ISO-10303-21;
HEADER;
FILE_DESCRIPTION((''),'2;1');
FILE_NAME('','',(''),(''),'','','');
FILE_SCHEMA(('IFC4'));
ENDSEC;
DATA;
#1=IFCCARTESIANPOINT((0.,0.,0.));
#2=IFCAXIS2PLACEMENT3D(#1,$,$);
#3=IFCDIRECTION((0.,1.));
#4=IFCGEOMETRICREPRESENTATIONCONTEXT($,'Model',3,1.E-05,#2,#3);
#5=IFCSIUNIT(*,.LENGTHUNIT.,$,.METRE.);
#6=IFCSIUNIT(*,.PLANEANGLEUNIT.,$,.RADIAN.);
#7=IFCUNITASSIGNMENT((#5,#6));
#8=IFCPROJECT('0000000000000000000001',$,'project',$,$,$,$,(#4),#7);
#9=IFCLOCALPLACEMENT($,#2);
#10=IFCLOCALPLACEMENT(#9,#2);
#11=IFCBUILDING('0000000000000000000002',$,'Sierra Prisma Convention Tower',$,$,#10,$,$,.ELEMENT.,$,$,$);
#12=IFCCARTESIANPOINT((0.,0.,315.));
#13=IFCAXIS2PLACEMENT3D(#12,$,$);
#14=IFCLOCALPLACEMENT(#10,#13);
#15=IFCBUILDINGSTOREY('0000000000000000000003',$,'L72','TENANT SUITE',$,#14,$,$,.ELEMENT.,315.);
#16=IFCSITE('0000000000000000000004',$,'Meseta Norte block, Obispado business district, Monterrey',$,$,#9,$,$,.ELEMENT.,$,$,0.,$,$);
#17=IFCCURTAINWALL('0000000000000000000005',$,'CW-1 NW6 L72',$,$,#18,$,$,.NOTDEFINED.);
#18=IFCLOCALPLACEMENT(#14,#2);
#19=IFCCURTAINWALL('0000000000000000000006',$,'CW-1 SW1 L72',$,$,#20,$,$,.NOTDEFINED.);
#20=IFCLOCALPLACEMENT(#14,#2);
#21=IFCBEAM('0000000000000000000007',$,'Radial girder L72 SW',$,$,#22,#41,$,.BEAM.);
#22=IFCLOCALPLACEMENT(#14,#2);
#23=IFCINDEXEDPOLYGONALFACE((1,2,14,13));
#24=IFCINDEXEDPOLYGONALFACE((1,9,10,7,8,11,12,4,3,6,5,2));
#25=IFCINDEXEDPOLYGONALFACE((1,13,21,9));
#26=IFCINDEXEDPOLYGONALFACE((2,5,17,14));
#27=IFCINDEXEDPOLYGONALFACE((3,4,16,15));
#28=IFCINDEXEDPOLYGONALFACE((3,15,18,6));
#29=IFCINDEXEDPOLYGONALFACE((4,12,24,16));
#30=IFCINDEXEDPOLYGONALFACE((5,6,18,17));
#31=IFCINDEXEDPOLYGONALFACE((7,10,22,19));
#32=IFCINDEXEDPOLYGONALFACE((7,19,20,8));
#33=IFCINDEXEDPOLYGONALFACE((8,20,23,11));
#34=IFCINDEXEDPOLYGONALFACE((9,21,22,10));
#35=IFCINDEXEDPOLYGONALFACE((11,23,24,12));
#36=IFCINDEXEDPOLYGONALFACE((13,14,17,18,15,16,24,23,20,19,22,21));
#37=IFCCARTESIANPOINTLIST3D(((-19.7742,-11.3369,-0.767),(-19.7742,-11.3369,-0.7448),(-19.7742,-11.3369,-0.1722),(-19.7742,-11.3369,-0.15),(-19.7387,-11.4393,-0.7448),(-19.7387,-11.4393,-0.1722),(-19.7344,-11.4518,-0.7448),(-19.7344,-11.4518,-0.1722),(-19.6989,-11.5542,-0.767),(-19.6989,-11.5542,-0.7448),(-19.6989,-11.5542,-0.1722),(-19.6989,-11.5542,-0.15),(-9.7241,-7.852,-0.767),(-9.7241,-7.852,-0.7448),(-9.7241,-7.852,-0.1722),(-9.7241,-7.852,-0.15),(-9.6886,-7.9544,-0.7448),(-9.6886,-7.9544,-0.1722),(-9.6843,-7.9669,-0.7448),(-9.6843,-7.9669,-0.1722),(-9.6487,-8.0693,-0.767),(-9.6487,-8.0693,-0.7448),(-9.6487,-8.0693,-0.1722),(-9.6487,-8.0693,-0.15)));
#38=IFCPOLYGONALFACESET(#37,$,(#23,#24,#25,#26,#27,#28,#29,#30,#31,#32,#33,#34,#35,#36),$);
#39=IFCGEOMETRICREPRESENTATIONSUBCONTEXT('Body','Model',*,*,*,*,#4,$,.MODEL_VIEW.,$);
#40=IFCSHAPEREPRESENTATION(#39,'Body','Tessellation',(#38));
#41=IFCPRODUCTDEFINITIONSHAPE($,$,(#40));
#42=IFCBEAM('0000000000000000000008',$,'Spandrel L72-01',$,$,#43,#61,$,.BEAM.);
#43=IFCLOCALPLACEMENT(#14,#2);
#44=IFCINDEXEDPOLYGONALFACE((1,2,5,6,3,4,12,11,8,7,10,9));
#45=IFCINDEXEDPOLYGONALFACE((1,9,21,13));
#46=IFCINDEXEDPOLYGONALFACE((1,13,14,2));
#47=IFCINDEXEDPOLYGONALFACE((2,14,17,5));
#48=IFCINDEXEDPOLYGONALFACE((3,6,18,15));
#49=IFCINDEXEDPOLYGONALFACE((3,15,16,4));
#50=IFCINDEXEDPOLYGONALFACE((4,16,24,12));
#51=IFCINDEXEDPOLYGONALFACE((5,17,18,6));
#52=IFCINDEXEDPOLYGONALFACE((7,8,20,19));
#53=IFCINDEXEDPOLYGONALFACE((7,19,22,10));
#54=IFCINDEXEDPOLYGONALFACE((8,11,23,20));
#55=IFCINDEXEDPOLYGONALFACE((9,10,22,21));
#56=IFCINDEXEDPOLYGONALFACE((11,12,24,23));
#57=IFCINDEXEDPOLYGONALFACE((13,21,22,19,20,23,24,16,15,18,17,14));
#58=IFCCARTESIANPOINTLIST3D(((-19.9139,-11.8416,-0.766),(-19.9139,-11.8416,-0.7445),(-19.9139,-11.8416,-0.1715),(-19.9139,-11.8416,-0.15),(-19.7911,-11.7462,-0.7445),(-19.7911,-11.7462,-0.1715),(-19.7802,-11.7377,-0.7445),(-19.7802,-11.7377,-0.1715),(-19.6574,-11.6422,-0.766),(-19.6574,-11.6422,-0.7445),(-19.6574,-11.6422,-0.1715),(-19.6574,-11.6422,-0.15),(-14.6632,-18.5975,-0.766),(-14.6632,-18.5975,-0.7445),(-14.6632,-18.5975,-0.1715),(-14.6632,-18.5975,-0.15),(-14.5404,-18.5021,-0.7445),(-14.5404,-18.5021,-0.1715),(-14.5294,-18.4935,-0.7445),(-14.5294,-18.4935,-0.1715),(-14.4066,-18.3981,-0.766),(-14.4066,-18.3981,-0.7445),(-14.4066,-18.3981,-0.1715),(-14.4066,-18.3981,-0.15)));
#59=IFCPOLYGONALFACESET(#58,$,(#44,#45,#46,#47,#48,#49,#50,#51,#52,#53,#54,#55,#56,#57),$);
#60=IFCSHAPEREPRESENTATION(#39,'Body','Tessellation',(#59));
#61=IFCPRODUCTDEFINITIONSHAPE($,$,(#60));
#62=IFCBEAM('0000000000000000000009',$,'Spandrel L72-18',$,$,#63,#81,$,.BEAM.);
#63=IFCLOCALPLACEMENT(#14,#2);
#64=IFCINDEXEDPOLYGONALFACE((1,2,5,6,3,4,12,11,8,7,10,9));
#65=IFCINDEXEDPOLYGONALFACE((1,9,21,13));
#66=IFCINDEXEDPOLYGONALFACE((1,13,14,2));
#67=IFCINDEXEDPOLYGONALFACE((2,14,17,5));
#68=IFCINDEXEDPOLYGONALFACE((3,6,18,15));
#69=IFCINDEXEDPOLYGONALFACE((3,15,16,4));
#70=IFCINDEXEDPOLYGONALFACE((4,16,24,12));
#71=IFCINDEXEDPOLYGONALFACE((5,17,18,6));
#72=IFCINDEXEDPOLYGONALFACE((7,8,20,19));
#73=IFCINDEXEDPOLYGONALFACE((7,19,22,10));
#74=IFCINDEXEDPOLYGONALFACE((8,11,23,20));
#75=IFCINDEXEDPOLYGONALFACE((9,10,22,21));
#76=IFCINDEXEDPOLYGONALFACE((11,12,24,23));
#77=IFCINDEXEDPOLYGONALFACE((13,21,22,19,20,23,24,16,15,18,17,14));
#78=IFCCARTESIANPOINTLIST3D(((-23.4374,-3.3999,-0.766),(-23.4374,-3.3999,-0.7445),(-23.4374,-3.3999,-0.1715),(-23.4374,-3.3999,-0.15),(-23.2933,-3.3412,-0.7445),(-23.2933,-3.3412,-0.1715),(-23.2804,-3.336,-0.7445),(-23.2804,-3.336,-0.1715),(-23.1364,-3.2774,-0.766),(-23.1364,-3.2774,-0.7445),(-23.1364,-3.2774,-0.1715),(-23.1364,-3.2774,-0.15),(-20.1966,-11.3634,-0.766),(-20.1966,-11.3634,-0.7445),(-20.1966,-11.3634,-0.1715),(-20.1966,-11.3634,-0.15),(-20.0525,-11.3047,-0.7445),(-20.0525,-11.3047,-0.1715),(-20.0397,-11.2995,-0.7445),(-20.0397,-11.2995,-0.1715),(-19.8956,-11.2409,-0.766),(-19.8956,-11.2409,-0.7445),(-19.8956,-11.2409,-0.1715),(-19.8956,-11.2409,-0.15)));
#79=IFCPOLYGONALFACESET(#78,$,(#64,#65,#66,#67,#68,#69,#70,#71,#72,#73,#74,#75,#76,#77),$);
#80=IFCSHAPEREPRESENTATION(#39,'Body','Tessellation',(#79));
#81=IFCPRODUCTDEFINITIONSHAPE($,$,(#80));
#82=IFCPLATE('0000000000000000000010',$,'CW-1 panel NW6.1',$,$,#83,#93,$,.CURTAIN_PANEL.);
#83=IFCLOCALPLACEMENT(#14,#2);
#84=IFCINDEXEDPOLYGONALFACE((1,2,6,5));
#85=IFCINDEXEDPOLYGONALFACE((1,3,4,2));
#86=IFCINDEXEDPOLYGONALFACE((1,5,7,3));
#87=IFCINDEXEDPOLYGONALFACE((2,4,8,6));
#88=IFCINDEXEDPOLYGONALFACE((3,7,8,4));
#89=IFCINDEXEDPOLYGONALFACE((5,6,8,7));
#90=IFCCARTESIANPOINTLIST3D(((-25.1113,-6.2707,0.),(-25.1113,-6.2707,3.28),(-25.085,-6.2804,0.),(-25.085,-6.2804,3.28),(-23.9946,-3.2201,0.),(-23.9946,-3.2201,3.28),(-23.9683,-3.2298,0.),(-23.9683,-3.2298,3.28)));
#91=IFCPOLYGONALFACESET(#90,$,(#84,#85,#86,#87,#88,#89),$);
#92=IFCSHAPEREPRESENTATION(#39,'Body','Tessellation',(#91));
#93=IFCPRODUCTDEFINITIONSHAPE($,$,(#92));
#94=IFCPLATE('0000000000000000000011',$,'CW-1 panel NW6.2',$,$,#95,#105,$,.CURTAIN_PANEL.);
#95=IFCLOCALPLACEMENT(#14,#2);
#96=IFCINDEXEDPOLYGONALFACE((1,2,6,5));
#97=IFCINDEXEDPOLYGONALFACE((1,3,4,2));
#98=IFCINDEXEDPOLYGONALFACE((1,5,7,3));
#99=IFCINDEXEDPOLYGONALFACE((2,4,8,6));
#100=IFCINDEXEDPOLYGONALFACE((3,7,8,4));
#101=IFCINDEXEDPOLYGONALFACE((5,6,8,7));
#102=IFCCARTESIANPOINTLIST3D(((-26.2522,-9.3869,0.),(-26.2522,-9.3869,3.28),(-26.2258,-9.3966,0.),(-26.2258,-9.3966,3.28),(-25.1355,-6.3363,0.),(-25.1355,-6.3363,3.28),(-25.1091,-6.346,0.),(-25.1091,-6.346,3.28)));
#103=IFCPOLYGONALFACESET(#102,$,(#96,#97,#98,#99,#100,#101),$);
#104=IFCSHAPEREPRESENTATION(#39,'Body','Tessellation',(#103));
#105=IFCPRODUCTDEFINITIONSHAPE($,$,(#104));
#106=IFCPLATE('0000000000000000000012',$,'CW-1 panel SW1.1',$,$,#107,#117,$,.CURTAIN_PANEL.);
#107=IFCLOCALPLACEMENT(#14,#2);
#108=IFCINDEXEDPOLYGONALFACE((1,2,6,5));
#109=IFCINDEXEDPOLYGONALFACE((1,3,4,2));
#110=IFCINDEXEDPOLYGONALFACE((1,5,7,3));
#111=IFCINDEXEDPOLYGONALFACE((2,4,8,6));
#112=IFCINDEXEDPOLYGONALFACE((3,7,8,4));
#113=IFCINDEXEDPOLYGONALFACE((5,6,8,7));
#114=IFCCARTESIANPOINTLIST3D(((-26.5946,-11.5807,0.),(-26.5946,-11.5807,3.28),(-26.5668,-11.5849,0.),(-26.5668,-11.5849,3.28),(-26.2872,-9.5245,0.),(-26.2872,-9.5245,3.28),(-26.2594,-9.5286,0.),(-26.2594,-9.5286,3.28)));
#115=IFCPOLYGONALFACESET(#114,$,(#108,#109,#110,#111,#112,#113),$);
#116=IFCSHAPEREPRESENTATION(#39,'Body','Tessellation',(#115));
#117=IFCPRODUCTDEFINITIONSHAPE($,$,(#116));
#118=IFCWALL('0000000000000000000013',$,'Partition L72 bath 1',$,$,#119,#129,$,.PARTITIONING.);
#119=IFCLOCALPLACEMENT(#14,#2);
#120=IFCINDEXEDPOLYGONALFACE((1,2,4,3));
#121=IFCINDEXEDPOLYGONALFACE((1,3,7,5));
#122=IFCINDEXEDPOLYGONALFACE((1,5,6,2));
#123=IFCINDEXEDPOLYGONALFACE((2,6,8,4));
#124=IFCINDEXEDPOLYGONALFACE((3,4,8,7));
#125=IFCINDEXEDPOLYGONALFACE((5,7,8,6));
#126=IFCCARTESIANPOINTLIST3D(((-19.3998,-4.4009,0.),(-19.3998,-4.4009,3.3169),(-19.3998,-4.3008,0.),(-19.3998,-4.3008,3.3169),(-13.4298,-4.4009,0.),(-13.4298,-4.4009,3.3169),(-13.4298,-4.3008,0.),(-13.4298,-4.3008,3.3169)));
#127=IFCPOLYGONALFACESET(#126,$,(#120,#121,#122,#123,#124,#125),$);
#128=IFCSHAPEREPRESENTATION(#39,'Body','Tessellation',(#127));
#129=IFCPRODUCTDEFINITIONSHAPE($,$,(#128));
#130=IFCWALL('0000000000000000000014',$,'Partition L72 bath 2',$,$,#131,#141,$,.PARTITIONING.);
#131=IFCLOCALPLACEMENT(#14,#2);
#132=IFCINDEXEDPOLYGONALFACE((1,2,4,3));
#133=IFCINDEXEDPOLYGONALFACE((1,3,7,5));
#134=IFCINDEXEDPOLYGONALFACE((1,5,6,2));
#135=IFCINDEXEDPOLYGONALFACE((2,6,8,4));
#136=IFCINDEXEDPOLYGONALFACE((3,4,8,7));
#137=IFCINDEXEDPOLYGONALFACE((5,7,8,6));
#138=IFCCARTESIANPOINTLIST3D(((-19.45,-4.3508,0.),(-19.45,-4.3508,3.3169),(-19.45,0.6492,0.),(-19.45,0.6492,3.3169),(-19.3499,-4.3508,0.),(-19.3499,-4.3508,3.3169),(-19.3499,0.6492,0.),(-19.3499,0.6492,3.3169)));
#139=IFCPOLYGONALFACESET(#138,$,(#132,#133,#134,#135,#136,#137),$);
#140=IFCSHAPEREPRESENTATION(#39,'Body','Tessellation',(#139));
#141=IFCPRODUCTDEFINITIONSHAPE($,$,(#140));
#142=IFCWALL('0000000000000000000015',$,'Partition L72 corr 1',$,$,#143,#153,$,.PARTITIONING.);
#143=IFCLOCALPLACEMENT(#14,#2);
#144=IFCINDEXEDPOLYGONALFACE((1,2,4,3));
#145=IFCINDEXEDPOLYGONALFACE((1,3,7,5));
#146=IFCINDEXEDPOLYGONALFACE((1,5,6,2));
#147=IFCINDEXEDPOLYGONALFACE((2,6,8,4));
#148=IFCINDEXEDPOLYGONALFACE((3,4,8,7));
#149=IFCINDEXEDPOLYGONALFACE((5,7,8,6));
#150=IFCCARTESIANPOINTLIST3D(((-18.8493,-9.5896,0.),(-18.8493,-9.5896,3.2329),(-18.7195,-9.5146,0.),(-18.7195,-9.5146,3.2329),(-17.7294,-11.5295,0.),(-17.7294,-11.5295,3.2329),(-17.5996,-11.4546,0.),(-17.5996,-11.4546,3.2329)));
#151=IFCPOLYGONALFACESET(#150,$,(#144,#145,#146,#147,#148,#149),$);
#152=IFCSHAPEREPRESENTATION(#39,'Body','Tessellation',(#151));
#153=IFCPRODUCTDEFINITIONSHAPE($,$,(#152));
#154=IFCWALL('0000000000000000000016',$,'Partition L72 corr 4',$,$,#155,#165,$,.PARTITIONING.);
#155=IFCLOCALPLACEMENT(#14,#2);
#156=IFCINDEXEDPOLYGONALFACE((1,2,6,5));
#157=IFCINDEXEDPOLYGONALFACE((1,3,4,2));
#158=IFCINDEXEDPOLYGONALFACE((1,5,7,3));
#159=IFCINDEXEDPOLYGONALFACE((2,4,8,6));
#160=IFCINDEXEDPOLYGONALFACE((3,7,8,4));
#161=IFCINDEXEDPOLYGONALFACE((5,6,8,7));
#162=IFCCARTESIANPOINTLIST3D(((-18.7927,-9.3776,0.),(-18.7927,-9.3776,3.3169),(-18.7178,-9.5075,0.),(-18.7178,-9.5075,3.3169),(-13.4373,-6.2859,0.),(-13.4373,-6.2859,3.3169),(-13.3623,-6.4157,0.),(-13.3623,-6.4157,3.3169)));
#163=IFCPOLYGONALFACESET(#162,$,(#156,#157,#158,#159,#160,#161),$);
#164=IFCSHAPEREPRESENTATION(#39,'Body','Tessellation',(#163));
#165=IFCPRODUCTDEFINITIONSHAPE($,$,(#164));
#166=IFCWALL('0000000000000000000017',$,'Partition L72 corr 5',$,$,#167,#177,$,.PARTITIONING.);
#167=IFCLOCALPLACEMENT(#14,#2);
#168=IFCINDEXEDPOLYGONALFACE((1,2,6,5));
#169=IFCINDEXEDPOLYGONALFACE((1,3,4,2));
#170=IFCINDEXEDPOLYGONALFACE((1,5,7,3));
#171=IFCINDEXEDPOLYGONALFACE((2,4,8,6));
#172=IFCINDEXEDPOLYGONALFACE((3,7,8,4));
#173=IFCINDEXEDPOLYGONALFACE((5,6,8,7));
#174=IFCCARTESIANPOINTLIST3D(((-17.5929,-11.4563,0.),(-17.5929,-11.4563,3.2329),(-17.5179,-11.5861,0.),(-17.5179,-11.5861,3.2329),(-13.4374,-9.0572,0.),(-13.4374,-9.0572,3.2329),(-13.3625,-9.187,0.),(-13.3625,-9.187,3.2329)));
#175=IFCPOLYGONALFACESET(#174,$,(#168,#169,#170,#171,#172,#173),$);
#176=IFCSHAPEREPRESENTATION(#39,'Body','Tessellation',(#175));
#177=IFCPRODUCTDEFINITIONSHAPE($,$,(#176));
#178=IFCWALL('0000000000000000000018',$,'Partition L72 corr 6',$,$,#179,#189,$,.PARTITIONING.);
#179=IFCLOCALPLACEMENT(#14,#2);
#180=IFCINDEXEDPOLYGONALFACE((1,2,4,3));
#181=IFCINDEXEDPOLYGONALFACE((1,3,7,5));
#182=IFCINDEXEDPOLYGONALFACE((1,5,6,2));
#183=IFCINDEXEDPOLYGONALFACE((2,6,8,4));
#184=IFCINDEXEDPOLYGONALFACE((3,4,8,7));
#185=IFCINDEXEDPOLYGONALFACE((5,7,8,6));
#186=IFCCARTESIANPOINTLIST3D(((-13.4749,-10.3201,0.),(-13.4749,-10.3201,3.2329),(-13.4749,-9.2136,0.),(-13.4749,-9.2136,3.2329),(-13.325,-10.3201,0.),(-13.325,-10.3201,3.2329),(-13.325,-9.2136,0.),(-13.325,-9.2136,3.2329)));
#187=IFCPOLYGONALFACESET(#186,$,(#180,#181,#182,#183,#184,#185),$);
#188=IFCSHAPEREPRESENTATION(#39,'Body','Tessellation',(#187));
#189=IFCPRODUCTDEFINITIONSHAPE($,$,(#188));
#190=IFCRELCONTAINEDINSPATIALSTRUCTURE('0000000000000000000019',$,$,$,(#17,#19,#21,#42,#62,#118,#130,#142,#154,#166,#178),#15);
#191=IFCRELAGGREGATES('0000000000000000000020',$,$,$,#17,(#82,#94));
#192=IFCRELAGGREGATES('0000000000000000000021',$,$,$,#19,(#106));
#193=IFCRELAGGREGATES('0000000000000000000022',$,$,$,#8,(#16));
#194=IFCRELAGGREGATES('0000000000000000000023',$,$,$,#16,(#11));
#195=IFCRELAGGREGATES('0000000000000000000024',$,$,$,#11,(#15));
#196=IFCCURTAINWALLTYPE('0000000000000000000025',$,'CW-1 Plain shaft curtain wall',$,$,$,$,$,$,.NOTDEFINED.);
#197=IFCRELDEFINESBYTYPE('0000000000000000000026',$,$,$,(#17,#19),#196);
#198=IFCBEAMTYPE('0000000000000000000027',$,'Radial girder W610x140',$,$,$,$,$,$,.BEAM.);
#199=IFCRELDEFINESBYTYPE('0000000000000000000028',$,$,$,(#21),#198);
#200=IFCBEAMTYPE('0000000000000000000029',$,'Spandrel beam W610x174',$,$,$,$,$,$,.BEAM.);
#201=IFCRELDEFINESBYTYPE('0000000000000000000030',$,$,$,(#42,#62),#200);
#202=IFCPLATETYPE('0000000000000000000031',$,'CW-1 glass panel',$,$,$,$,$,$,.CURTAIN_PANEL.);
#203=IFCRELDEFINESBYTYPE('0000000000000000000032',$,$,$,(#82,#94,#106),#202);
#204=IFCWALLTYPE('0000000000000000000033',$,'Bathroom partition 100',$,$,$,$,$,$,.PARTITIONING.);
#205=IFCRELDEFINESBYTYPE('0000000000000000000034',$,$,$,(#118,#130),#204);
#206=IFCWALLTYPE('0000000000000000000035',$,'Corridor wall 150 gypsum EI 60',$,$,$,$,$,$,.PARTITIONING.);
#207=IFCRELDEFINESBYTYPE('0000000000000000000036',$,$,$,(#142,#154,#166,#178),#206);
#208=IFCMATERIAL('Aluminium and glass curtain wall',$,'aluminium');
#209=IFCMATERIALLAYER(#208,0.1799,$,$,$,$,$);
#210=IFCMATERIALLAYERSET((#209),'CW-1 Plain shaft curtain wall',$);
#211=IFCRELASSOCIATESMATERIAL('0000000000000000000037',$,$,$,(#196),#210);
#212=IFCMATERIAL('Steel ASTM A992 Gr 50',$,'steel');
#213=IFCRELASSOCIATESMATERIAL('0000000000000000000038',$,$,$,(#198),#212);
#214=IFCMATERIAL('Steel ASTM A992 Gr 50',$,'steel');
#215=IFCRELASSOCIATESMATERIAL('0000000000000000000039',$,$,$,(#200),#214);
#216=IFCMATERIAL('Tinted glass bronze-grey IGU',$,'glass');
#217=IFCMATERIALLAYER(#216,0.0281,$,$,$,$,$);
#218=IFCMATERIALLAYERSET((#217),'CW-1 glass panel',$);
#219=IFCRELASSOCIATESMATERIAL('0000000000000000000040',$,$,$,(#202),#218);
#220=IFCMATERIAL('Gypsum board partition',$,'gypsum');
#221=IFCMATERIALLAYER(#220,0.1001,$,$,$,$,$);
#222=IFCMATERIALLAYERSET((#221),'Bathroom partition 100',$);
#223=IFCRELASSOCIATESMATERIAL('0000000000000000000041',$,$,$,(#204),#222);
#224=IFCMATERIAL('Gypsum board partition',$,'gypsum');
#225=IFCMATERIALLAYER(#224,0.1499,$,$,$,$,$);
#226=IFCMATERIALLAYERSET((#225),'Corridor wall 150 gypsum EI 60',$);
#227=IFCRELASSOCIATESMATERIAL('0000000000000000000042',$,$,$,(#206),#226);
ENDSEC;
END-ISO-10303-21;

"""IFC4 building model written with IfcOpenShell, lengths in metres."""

from ifc_helpers import new_model, si_unit, direction, frame, frame_2d, origin, origin_2d, place, context, subcontext, project, spatial, rectangle, i_section, extrude, material, layer, layer_set, material_profile, profile_set, type_object, element, aggregate, save


model = new_model("IFC4")

# Units and contexts
model_context = context("Model", 3, precision=1e-05, world=origin(), true_north=direction((0.0, 1.0)))
body_context = subcontext(model_context, "Body", "Model", "MODEL_VIEW")
ifc_project = project(units=[si_unit("LENGTHUNIT", "METRE"), si_unit("PLANEANGLEUNIT", "RADIAN")], contexts=[model_context])

# Site, building, storey
site_placement = place(None, origin())
site = spatial("IfcSite", under=ifc_project, at=site_placement, Name="Meseta Norte block, Obispado business district, Monterrey", CompositionType="ELEMENT", RefElevation=0.0)
building_placement = place(site_placement, origin())
building = spatial("IfcBuilding", under=site, at=building_placement, Name="Sierra Prisma Convention Tower", CompositionType="ELEMENT")
storey_placement = place(building_placement, frame((0.0, 0.0, 315.0)))
storey = spatial("IfcBuildingStorey", under=building, at=storey_placement, Name="L72", Description="TENANT SUITE", CompositionType="ELEMENT", Elevation=315.0)

# Curtain walls
ifc_material_1 = material(Name="Aluminium and glass curtain wall", Category="aluminium")
ifc_layer_1 = layer(ifc_material_1, 0.1799)
ifc_layer_set_1 = layer_set([ifc_layer_1], Name="CW-1 Plain shaft curtain wall")
curtain_wall_type = type_object("IfcCurtainWallType", Name="CW-1 Plain shaft curtain wall", PredefinedType="NOTDEFINED", material=ifc_layer_set_1)
curtain_wall_1_placement = place(storey_placement, origin())
curtain_wall_1 = element("IfcCurtainWall", 1, at=curtain_wall_1_placement, inside=storey, type_object=curtain_wall_type, Name="CW-1 NW6 L72", PredefinedType="NOTDEFINED")
curtain_wall_2_placement = place(storey_placement, origin())
curtain_wall_2 = element("IfcCurtainWall", 2, at=curtain_wall_2_placement, inside=storey, type_object=curtain_wall_type, Name="CW-1 SW1 L72", PredefinedType="NOTDEFINED")

# Beams
ifc_material_2 = material(Name="Steel ASTM A992 Gr 50", Category="steel")
ifc_material_profile_1 = material_profile(ifc_material_2, i_section(OverallWidth=0.23, OverallDepth=0.6169, WebThickness=0.0132, FlangeThickness=0.0222, at=origin_2d()), Name="W610x140")
ifc_profile_set_1 = profile_set([ifc_material_profile_1], Name="Steel ASTM A992 Gr 50")
beam_type_1 = type_object("IfcBeamType", Name="Radial girder W610x140", PredefinedType="BEAM", material=ifc_profile_set_1)
beam_1_placement = place(storey_placement, frame((-19.7366, -11.4456, -0.4585), z_axis=(0.944812, 0.327614, 0.0), x_axis=(-0.327614, 0.944812, 0.0)))
element("IfcBeam", 3, at=beam_1_placement, inside=storey, type_object=beam_type_1, Name="Radial girder L72 SW", PredefinedType="BEAM", context=body_context, shape_type="SweptSolid", body=[
    extrude(i_section(OverallWidth=0.23, OverallDepth=0.6169, WebThickness=0.0132, FlangeThickness=0.0222, at=origin_2d()), origin(), (0.0, 0.0, 1.0), 10.6372),
])
ifc_material_3 = material(Name="Steel ASTM A992 Gr 50", Category="steel")
ifc_material_profile_2 = material_profile(ifc_material_3, i_section(OverallWidth=0.325, OverallDepth=0.616, WebThickness=0.0139, FlangeThickness=0.0215, at=origin_2d()), Name="W610x174")
ifc_profile_set_2 = profile_set([ifc_material_profile_2], Name="Steel ASTM A992 Gr 50")
beam_type_2 = type_object("IfcBeamType", Name="Spandrel beam W610x174", PredefinedType="BEAM", material=ifc_profile_set_2)
beam_2_placement = place(storey_placement, frame((-19.7856, -11.7419, -0.458), z_axis=(0.613662, -0.789569, 0.0), x_axis=(0.789569, 0.613662, 0.0)))
element("IfcBeam", 4, at=beam_2_placement, inside=storey, type_object=beam_type_2, Name="Spandrel L72-01", PredefinedType="BEAM", context=body_context, shape_type="SweptSolid", body=[
    extrude(i_section(OverallWidth=0.325, OverallDepth=0.616, WebThickness=0.0139, FlangeThickness=0.0215, at=origin_2d()), origin(), (0.0, 0.0, 1.0), 8.5564),
])
beam_3_placement = place(storey_placement, frame((-23.2869, -3.3386, -0.458), z_axis=(0.376936, -0.926239, 0.0), x_axis=(0.926239, 0.376936, 0.0)))
element("IfcBeam", 5, at=beam_3_placement, inside=storey, type_object=beam_type_2, Name="Spandrel L72-18", PredefinedType="BEAM", context=body_context, shape_type="SweptSolid", body=[
    extrude(i_section(OverallWidth=0.325, OverallDepth=0.616, WebThickness=0.0139, FlangeThickness=0.0215, at=origin_2d()), origin(), (0.0, 0.0, 1.0), 8.5977),
])

# Plates
ifc_material_4 = material(Name="Tinted glass bronze-grey IGU", Category="glass")
ifc_layer_2 = layer(ifc_material_4, 0.0281)
ifc_layer_set_2 = layer_set([ifc_layer_2], Name="CW-1 glass panel")
plate_type = type_object("IfcPlateType", Name="CW-1 glass panel", PredefinedType="CURTAIN_PANEL", material=ifc_layer_set_2)
plate_1_placement = place(storey_placement, frame((-24.5398, -4.7502, 0.0), z_axis=(0.0, 0.0, 1.0), x_axis=(-0.343753, -0.93906, 0.0)))
plate_1 = element("IfcPlate", 6, at=plate_1_placement, type_object=plate_type, Name="CW-1 panel NW6.1", PredefinedType="CURTAIN_PANEL", context=body_context, shape_type="SweptSolid", body=[
    extrude(rectangle(XDim=3.2485, YDim=0.0281, at=origin_2d()), origin(), (0.0, 0.0, 1.0), 3.28),
])
plate_2_placement = place(storey_placement, frame((-25.6807, -7.8665, 0.0), z_axis=(0.0, 0.0, 1.0), x_axis=(-0.343753, -0.93906, 0.0)))
plate_2 = element("IfcPlate", 7, at=plate_2_placement, type_object=plate_type, Name="CW-1 panel NW6.2", PredefinedType="CURTAIN_PANEL", context=body_context, shape_type="SweptSolid", body=[
    extrude(rectangle(XDim=3.2485, YDim=0.0281, at=origin_2d()), origin(), (0.0, 0.0, 1.0), 3.28),
])
aggregate(curtain_wall_1, [plate_1, plate_2])
plate_3_placement = place(storey_placement, frame((-26.427, -10.5547, 0.0), z_axis=(0.0, 0.0, 1.0), x_axis=(-0.147834, -0.989012, 0.0)))
plate_3 = element("IfcPlate", 8, at=plate_3_placement, type_object=plate_type, Name="CW-1 panel SW1.1", PredefinedType="CURTAIN_PANEL", context=body_context, shape_type="SweptSolid", body=[
    extrude(rectangle(XDim=2.0791, YDim=0.0281, at=origin_2d()), origin(), (0.0, 0.0, 1.0), 3.28),
])
aggregate(curtain_wall_2, [plate_3])

# Walls
ifc_material_5 = material(Name="Gypsum board partition", Category="gypsum")
ifc_layer_3 = layer(ifc_material_5, 0.1001)
ifc_layer_set_3 = layer_set([ifc_layer_3], Name="Bathroom partition 100")
wall_type_1 = type_object("IfcWallType", Name="Bathroom partition 100", PredefinedType="PARTITIONING", material=ifc_layer_set_3)
wall_1_placement = place(storey_placement, frame((-13.4299, -4.3508, 0.0), z_axis=(0.0, 0.0, 1.0), x_axis=(-1.0, 0.0, 0.0)))
element("IfcWall", 9, at=wall_1_placement, inside=storey, type_object=wall_type_1, Name="Partition L72 bath 1", PredefinedType="PARTITIONING", context=body_context, shape_type="SweptSolid", body=[
    extrude(rectangle(XDim=5.97, YDim=0.1001, at=frame_2d((2.9849, 0.0))), origin(), (0.0, 0.0, 1.0), 3.3169),
])
wall_2_placement = place(storey_placement, frame((-19.3999, -4.3508, 0.0), z_axis=(0.0, 0.0, 1.0), x_axis=(0.0, 1.0, 0.0)))
element("IfcWall", 10, at=wall_2_placement, inside=storey, type_object=wall_type_1, Name="Partition L72 bath 2", PredefinedType="PARTITIONING", context=body_context, shape_type="SweptSolid", body=[
    extrude(rectangle(XDim=5.0, YDim=0.1001, at=frame_2d((2.5, 0.0))), origin(), (0.0, 0.0, 1.0), 3.3169),
])
ifc_material_6 = material(Name="Gypsum board partition", Category="gypsum")
ifc_layer_4 = layer(ifc_material_6, 0.1499)
ifc_layer_set_4 = layer_set([ifc_layer_4], Name="Corridor wall 150 gypsum EI 60")
wall_type_2 = type_object("IfcWallType", Name="Corridor wall 150 gypsum EI 60", PredefinedType="PARTITIONING", material=ifc_layer_set_4)
wall_3_placement = place(storey_placement, frame((-18.7844, -9.552, 0.0), z_axis=(0.0, 0.0, 1.0), x_axis=(0.499949, -0.866055, 0.0)))
element("IfcWall", 11, at=wall_3_placement, inside=storey, type_object=wall_type_2, Name="Partition L72 corr 1", PredefinedType="PARTITIONING", context=body_context, shape_type="SweptSolid", body=[
    extrude(rectangle(XDim=2.24, YDim=0.1499, at=frame_2d((1.1201, 0.0))), origin(), (0.0, 0.0, 1.0), 3.2329),
])
wall_4_placement = place(storey_placement, frame((-13.3999, -6.3508, 0.0), z_axis=(0.0, 0.0, 1.0), x_axis=(-0.866038, -0.499978, 0.0)))
element("IfcWall", 12, at=wall_4_placement, inside=storey, type_object=wall_type_2, Name="Partition L72 corr 4", PredefinedType="PARTITIONING", context=body_context, shape_type="SweptSolid", body=[
    extrude(rectangle(XDim=6.1838, YDim=0.1499, at=frame_2d((3.0918, 0.0))), origin(), (0.0, 0.0, 1.0), 3.3169),
])
wall_5_placement = place(storey_placement, frame((-17.5554, -11.5212, 0.0), z_axis=(0.0, 0.0, 1.0), x_axis=(0.866027, 0.499997, 0.0)))
element("IfcWall", 13, at=wall_5_placement, inside=storey, type_object=wall_type_2, Name="Partition L72 corr 5", PredefinedType="PARTITIONING", context=body_context, shape_type="SweptSolid", body=[
    extrude(rectangle(XDim=4.7983, YDim=0.1499, at=frame_2d((2.3992, 0.0))), origin(), (0.0, 0.0, 1.0), 3.2329),
])
wall_6_placement = place(storey_placement, frame((-13.3999, -9.2136, 0.0), z_axis=(0.0, 0.0, 1.0), x_axis=(0.0, -1.0, 0.0)))
element("IfcWall", 14, at=wall_6_placement, inside=storey, type_object=wall_type_2, Name="Partition L72 corr 6", PredefinedType="PARTITIONING", context=body_context, shape_type="SweptSolid", body=[
    extrude(rectangle(XDim=1.1064, YDim=0.1499, at=frame_2d((0.5532, 0.0))), origin(), (0.0, 0.0, 1.0), 3.2329),
])

save(model, "model.ifc")
